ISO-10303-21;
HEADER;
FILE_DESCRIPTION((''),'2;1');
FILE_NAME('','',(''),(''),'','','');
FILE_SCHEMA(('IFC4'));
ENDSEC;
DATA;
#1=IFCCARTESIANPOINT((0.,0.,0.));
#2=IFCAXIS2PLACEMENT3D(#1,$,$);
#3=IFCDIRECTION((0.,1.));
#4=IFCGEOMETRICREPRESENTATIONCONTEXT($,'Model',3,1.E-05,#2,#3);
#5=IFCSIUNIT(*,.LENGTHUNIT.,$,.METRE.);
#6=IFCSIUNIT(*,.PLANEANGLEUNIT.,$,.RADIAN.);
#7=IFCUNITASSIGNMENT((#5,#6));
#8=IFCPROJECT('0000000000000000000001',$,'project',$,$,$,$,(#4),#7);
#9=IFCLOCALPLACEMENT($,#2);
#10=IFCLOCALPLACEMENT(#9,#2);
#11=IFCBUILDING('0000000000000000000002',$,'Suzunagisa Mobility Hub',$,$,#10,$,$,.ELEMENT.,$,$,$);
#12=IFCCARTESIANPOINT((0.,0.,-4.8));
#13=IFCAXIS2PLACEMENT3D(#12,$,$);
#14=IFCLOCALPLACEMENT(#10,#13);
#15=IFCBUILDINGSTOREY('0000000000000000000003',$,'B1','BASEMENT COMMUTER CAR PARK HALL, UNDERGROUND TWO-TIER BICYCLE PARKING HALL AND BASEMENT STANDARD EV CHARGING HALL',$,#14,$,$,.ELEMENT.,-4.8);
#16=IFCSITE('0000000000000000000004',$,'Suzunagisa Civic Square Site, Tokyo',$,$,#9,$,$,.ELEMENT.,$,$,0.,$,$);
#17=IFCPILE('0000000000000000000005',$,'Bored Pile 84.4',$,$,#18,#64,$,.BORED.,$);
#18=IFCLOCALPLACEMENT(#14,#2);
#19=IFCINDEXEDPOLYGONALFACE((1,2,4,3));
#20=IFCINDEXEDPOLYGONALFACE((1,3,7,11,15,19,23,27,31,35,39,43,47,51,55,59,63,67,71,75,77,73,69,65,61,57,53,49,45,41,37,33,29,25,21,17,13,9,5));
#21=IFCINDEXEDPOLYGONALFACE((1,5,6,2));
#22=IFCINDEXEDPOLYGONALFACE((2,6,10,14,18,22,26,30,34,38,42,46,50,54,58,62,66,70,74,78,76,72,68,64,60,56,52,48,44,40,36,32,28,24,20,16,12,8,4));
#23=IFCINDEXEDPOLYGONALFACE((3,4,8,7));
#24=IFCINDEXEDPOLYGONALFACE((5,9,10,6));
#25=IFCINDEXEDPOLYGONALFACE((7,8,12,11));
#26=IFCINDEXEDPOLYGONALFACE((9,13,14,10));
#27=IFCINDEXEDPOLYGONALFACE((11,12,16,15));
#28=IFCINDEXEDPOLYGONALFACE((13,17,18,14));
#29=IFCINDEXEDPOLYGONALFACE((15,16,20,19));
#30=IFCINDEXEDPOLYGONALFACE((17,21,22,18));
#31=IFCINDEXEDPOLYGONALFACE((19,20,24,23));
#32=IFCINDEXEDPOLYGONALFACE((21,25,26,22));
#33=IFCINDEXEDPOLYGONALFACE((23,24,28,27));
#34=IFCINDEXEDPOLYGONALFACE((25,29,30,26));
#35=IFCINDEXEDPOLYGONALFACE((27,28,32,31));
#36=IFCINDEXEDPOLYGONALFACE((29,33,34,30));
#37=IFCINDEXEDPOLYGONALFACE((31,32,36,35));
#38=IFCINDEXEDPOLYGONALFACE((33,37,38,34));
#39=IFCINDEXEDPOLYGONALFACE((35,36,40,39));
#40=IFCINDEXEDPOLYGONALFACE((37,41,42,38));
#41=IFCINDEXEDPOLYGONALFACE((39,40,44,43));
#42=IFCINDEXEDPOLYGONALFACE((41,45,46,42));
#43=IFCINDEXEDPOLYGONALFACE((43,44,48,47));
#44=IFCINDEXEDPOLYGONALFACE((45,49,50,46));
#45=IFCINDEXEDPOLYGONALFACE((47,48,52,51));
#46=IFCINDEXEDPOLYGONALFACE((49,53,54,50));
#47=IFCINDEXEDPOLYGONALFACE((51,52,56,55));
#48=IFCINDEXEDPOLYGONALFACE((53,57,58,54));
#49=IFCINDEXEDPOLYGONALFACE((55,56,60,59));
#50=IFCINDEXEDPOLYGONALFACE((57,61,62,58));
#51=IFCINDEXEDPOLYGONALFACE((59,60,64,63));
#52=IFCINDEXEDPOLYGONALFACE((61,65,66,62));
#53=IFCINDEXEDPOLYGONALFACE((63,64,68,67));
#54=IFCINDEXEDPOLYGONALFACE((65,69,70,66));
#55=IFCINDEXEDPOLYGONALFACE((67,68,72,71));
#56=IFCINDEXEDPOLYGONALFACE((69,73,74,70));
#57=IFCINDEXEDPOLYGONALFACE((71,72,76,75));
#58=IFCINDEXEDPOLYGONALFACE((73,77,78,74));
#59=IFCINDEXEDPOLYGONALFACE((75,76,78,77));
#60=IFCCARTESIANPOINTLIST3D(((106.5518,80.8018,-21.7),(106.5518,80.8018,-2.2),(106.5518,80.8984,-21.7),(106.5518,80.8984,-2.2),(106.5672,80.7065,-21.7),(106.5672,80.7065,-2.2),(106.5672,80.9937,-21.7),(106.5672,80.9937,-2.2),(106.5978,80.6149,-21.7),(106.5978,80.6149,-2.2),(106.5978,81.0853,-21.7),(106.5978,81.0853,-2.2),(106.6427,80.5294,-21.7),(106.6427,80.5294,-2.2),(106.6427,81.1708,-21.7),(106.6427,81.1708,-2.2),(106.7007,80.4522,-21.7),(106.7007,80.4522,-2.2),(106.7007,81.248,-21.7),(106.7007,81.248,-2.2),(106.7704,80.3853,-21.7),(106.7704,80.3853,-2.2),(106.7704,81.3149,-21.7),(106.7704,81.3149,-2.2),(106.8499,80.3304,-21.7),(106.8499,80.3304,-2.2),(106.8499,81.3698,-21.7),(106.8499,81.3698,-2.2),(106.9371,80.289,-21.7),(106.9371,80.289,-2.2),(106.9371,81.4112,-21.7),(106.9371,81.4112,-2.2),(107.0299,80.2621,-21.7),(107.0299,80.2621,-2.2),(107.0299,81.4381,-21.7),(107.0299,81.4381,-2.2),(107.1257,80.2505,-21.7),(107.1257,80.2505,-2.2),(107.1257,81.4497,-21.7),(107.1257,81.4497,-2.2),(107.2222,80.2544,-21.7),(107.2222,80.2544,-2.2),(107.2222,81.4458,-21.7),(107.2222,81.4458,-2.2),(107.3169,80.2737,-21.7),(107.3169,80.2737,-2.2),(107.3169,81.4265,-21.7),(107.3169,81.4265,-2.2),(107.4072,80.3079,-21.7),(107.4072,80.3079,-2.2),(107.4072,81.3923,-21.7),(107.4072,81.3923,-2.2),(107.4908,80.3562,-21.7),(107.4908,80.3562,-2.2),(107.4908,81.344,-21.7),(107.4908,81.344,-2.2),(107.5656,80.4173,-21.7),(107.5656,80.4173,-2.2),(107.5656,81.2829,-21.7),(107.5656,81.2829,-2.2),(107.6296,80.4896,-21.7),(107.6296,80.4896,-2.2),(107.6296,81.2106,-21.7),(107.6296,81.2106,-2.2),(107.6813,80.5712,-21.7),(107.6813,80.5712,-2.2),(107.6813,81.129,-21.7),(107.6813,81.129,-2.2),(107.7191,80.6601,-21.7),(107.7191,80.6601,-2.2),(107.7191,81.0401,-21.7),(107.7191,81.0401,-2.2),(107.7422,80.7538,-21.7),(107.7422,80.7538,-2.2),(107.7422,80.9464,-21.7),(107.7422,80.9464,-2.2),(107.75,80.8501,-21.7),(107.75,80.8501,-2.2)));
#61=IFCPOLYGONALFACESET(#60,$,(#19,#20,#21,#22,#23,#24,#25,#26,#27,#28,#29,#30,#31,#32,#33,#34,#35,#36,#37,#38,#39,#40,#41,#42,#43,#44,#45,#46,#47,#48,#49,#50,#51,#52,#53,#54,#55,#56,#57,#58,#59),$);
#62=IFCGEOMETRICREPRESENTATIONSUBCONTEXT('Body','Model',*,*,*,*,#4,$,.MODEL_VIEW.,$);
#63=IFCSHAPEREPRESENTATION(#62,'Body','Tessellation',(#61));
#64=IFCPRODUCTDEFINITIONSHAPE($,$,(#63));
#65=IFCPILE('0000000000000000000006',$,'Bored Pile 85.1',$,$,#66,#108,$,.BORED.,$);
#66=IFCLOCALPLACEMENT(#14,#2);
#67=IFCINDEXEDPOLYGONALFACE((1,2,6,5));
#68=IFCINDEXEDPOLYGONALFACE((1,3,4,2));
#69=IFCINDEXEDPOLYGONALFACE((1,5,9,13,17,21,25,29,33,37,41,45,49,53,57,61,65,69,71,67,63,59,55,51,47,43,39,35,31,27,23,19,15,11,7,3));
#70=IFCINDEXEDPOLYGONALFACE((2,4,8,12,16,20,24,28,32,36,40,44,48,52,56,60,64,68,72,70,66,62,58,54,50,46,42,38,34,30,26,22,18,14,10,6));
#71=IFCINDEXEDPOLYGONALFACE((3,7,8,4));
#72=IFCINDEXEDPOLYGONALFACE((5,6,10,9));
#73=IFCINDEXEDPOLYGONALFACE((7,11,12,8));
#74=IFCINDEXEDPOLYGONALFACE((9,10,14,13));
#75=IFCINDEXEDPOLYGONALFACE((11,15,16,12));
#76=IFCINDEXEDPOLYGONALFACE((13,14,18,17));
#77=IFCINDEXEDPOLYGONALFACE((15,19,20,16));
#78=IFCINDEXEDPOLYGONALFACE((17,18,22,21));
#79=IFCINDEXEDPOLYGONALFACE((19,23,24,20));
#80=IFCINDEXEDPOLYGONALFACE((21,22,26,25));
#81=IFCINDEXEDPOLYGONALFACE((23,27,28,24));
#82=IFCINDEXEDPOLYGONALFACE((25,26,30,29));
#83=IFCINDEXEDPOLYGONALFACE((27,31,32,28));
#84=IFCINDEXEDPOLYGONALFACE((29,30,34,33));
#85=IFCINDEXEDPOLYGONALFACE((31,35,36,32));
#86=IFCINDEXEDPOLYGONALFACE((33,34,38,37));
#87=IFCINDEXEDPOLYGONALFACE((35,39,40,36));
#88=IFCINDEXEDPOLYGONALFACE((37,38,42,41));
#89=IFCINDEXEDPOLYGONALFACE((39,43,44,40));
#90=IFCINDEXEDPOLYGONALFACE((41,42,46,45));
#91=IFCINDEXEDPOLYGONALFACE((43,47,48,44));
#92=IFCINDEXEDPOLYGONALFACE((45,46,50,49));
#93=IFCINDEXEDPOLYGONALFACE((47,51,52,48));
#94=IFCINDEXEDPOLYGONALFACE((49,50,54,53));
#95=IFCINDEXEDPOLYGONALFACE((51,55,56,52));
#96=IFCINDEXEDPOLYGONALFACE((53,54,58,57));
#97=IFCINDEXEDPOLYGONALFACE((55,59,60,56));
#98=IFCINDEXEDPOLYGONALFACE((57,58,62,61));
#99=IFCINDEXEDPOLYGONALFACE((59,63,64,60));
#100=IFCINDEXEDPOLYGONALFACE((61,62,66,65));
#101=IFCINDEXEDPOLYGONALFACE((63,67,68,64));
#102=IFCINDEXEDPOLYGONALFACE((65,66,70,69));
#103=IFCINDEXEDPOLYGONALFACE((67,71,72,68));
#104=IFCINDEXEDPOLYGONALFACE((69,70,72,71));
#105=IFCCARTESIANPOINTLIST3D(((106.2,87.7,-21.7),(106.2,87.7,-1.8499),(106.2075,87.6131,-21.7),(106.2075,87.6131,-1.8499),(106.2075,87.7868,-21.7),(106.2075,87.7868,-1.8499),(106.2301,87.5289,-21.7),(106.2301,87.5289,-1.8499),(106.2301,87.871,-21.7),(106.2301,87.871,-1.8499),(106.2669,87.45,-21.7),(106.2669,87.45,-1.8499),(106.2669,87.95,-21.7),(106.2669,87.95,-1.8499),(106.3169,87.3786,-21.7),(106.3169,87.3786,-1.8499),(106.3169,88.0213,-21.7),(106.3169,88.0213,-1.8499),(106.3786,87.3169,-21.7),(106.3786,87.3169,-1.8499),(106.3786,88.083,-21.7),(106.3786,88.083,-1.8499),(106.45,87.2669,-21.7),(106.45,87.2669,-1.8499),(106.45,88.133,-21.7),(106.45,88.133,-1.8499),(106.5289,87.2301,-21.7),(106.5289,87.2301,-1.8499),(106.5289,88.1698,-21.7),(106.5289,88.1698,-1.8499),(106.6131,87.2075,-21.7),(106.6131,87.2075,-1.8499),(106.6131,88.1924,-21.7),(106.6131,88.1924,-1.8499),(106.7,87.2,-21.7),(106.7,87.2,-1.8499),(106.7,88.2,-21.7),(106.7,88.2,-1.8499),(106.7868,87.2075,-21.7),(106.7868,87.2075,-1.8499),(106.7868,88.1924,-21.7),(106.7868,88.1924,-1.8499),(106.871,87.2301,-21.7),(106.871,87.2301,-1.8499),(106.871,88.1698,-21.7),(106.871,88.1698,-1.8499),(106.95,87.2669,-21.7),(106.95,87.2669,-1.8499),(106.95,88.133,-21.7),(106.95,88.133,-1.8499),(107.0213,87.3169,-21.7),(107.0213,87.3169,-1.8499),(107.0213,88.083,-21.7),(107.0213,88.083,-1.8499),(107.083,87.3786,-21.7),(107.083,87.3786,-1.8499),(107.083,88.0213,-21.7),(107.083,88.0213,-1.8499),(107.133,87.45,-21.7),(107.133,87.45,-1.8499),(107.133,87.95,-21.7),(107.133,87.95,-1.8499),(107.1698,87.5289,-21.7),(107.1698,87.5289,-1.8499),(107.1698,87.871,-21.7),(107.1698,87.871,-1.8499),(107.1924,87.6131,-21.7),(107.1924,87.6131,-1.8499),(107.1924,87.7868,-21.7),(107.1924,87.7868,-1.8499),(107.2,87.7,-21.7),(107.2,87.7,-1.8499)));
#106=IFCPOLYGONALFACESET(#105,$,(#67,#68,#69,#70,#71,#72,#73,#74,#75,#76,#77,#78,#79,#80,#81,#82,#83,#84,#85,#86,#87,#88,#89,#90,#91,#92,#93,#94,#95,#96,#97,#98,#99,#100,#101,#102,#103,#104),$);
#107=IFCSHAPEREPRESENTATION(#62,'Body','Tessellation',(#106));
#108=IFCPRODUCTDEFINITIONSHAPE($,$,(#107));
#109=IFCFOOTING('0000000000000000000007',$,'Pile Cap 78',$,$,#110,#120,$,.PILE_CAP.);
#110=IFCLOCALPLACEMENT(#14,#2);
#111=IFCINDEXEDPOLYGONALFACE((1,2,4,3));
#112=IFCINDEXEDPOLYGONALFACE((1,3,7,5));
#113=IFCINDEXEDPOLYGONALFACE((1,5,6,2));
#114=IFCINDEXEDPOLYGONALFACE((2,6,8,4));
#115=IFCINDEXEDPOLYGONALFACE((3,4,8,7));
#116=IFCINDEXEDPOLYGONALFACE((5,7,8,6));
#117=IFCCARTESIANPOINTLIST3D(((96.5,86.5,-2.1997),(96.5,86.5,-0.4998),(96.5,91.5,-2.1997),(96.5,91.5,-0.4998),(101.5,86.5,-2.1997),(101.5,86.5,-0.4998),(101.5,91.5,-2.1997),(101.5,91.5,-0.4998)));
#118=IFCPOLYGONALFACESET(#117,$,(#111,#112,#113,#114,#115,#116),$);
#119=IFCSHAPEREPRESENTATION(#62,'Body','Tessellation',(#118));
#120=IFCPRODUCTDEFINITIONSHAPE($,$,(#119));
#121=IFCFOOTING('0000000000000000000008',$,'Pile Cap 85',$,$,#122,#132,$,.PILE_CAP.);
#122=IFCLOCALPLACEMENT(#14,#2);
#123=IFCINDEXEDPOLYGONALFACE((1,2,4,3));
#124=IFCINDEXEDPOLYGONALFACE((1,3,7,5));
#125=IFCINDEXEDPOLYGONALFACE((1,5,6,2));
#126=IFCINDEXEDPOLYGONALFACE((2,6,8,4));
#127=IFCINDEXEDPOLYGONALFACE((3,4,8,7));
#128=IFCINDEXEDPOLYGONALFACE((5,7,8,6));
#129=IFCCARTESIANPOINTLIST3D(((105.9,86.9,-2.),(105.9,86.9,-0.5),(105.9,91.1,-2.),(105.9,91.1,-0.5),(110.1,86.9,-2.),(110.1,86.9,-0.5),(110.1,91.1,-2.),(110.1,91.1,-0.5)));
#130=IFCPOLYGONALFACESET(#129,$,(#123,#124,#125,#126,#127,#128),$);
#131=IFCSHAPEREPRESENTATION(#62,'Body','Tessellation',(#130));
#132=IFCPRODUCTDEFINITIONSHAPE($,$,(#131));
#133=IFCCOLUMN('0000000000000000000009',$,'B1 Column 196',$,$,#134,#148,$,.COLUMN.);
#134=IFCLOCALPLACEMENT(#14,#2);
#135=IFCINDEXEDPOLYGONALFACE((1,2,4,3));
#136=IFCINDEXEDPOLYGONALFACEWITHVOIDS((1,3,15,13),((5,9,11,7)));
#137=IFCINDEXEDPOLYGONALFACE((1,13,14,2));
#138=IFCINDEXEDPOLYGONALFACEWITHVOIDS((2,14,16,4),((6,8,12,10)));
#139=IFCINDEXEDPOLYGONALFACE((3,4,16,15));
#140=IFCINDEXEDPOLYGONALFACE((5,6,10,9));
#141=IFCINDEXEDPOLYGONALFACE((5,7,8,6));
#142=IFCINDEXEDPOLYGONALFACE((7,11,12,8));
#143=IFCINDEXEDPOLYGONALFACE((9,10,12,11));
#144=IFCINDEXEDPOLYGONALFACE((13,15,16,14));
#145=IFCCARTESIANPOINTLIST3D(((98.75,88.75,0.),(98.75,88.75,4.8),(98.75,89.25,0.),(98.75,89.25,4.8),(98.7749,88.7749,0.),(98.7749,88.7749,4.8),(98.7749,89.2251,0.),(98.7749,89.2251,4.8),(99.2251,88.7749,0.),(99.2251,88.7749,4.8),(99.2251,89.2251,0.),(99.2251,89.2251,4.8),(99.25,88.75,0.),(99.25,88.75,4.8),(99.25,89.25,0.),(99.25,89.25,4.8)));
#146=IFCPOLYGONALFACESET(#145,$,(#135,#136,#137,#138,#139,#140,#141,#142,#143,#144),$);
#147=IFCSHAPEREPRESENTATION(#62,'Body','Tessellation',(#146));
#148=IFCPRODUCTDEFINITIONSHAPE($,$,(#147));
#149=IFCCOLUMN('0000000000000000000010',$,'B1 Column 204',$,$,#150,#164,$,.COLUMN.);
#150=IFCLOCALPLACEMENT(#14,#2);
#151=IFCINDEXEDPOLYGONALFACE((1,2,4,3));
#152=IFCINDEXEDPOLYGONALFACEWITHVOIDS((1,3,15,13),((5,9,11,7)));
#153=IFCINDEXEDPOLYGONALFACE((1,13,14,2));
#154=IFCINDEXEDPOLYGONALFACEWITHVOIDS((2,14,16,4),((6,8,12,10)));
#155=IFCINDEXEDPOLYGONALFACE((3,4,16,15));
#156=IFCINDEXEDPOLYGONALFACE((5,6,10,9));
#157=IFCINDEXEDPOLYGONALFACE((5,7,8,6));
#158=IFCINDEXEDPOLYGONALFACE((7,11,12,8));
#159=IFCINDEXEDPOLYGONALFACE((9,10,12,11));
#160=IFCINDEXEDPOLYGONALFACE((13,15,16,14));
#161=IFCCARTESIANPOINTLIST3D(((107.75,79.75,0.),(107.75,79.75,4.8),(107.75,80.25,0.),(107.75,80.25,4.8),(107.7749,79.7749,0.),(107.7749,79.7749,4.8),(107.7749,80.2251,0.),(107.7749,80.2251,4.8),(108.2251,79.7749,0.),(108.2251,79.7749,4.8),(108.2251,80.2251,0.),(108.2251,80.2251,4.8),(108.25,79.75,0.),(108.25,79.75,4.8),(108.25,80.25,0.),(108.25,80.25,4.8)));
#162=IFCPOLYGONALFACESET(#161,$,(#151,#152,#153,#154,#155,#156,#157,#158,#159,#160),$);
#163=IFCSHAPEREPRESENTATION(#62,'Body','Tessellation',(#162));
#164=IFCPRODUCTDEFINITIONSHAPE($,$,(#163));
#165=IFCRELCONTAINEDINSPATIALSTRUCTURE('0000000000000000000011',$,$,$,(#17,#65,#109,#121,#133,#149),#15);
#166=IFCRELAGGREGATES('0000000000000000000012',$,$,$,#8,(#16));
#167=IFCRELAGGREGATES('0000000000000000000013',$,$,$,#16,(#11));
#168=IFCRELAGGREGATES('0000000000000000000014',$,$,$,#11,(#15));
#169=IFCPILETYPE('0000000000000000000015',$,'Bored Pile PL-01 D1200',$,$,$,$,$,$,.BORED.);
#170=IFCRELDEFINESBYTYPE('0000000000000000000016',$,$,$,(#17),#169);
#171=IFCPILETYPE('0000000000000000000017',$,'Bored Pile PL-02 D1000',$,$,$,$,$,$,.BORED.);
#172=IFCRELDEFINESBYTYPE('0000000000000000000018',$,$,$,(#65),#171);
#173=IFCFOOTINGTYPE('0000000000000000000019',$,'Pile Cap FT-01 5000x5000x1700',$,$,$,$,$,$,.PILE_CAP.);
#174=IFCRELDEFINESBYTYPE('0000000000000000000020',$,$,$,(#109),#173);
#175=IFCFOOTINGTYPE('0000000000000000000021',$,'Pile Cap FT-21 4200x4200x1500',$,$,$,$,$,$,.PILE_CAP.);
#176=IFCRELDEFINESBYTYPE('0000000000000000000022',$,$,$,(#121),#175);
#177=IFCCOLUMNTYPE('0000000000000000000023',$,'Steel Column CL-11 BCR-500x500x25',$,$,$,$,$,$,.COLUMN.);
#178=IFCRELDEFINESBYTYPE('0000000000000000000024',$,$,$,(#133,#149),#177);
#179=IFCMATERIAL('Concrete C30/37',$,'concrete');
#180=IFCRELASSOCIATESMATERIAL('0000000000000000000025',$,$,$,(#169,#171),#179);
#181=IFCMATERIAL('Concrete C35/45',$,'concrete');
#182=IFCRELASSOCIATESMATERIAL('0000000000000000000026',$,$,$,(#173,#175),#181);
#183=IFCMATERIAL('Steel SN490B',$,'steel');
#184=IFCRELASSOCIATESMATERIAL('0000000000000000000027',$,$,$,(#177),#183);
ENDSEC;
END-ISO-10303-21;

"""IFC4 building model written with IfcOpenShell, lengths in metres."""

from ifc_helpers import new_model, si_unit, direction, frame, origin, origin_2d, place, context, subcontext, project, spatial, rectangle, hollow_rectangle, circle, extrude, material, material_profile, profile_set, type_object, element, save


model = new_model("IFC4")

# Units and contexts
model_context = context("Model", 3, precision=1e-05, world=origin(), true_north=direction((0.0, 1.0)))
body_context = subcontext(model_context, "Body", "Model", "MODEL_VIEW")
ifc_project = project(units=[si_unit("LENGTHUNIT", "METRE"), si_unit("PLANEANGLEUNIT", "RADIAN")], contexts=[model_context])

# Site, building, storey
site_placement = place(None, origin())
site = spatial("IfcSite", under=ifc_project, at=site_placement, Name="Suzunagisa Civic Square Site, Tokyo", CompositionType="ELEMENT", RefElevation=0.0)
building_placement = place(site_placement, origin())
building = spatial("IfcBuilding", under=site, at=building_placement, Name="Suzunagisa Mobility Hub", CompositionType="ELEMENT")
storey_placement = place(building_placement, frame((0.0, 0.0, -4.8)))
storey = spatial("IfcBuildingStorey", under=building, at=storey_placement, Name="B1", Description="BASEMENT COMMUTER CAR PARK HALL, UNDERGROUND TWO-TIER BICYCLE PARKING HALL AND BASEMENT STANDARD EV CHARGING HALL", CompositionType="ELEMENT", Elevation=-4.8)

# Piles
ifc_material_1 = material(Name="Concrete C30/37", Category="concrete")
ifc_material_profile_1 = material_profile(ifc_material_1, circle(Radius=0.6001, at=origin_2d()), Name="BORED PILE D1200")
ifc_profile_set_1 = profile_set([ifc_material_profile_1], Name="Concrete C30/37")
pile_type_1 = type_object("IfcPileType", Name="Bored Pile PL-01 D1200", PredefinedType="BORED", material=ifc_profile_set_1)
pile_1_placement = place(storey_placement, frame((107.1499, 80.8501, -2.2), z_axis=(0.0, 0.0, -1.0), x_axis=(1.0, 0.0, 0.0)))
element("IfcPile", 1, at=pile_1_placement, inside=storey, type_object=pile_type_1, Name="Bored Pile 84.4", PredefinedType="BORED", context=body_context, shape_type="SweptSolid", body=[
    extrude(circle(Radius=0.6001, at=origin_2d()), origin(), (0.0, 0.0, 1.0), 19.5),
])
ifc_material_profile_2 = material_profile(ifc_material_1, circle(Radius=0.5, at=origin_2d()), Name="BORED PILE D1000")
ifc_profile_set_2 = profile_set([ifc_material_profile_2], Name="Concrete C30/37")
pile_type_2 = type_object("IfcPileType", Name="Bored Pile PL-02 D1000", PredefinedType="BORED", material=ifc_profile_set_2)
pile_2_placement = place(storey_placement, frame((106.7, 87.7, -1.8499), z_axis=(0.0, 0.0, -1.0), x_axis=(1.0, 0.0, 0.0)))
element("IfcPile", 2, at=pile_2_placement, inside=storey, type_object=pile_type_2, Name="Bored Pile 85.1", PredefinedType="BORED", context=body_context, shape_type="SweptSolid", body=[
    extrude(circle(Radius=0.5, at=origin_2d()), origin(), (0.0, 0.0, 1.0), 19.8501),
])

# Footings
ifc_material_2 = material(Name="Concrete C35/45", Category="concrete")
footing_type_1 = type_object("IfcFootingType", Name="Pile Cap FT-01 5000x5000x1700", PredefinedType="PILE_CAP", material=ifc_material_2)
footing_1_placement = place(storey_placement, frame((99.0, 89.0, -2.1997), z_axis=(0.0, 0.0, 1.0), x_axis=(1.0, 0.0, 0.0)))
element("IfcFooting", 3, at=footing_1_placement, inside=storey, type_object=footing_type_1, Name="Pile Cap 78", PredefinedType="PILE_CAP", context=body_context, shape_type="SweptSolid", body=[
    extrude(rectangle(XDim=5.0, YDim=5.0, at=origin_2d()), origin(), (0.0, 0.0, 1.0), 1.7),
])
footing_type_2 = type_object("IfcFootingType", Name="Pile Cap FT-21 4200x4200x1500", PredefinedType="PILE_CAP", material=ifc_material_2)
footing_2_placement = place(storey_placement, frame((108.0, 89.0, -2.0), z_axis=(0.0, 0.0, 1.0), x_axis=(1.0, 0.0, 0.0)))
element("IfcFooting", 4, at=footing_2_placement, inside=storey, type_object=footing_type_2, Name="Pile Cap 85", PredefinedType="PILE_CAP", context=body_context, shape_type="SweptSolid", body=[
    extrude(rectangle(XDim=4.2, YDim=4.2, at=origin_2d()), origin(), (0.0, 0.0, 1.0), 1.5),
])

# Columns
ifc_material_3 = material(Name="Steel SN490B", Category="steel")
ifc_material_profile_3 = material_profile(ifc_material_3, hollow_rectangle(XDim=0.5, YDim=0.5, WallThickness=0.0249, at=origin_2d()), Name="BCR-500x500x25")
ifc_profile_set_3 = profile_set([ifc_material_profile_3], Name="Steel SN490B")
column_type = type_object("IfcColumnType", Name="Steel Column CL-11 BCR-500x500x25", PredefinedType="COLUMN", material=ifc_profile_set_3)
for number, where, z_axis, x_axis, name in (
    (5, (99.0, 89.0, 0.0), (0.0, 0.0, 1.0), (1.0, 0.0, 0.0), "B1 Column 196"),
    (6, (108.0, 80.0, 0.0), (0.0, 0.0, 1.0), (1.0, 0.0, 0.0), "B1 Column 204"),
):
    element("IfcColumn", number, at=place(storey_placement, frame(where, z_axis=z_axis, x_axis=x_axis)), inside=storey, type_object=column_type, Name=name, PredefinedType="COLUMN", context=body_context, shape_type="SweptSolid", body=[
        extrude(hollow_rectangle(XDim=0.5, YDim=0.5, WallThickness=0.0249, at=origin_2d()), origin(), (0.0, 0.0, 1.0), 4.8),
    ])

save(model, "model.ifc")
